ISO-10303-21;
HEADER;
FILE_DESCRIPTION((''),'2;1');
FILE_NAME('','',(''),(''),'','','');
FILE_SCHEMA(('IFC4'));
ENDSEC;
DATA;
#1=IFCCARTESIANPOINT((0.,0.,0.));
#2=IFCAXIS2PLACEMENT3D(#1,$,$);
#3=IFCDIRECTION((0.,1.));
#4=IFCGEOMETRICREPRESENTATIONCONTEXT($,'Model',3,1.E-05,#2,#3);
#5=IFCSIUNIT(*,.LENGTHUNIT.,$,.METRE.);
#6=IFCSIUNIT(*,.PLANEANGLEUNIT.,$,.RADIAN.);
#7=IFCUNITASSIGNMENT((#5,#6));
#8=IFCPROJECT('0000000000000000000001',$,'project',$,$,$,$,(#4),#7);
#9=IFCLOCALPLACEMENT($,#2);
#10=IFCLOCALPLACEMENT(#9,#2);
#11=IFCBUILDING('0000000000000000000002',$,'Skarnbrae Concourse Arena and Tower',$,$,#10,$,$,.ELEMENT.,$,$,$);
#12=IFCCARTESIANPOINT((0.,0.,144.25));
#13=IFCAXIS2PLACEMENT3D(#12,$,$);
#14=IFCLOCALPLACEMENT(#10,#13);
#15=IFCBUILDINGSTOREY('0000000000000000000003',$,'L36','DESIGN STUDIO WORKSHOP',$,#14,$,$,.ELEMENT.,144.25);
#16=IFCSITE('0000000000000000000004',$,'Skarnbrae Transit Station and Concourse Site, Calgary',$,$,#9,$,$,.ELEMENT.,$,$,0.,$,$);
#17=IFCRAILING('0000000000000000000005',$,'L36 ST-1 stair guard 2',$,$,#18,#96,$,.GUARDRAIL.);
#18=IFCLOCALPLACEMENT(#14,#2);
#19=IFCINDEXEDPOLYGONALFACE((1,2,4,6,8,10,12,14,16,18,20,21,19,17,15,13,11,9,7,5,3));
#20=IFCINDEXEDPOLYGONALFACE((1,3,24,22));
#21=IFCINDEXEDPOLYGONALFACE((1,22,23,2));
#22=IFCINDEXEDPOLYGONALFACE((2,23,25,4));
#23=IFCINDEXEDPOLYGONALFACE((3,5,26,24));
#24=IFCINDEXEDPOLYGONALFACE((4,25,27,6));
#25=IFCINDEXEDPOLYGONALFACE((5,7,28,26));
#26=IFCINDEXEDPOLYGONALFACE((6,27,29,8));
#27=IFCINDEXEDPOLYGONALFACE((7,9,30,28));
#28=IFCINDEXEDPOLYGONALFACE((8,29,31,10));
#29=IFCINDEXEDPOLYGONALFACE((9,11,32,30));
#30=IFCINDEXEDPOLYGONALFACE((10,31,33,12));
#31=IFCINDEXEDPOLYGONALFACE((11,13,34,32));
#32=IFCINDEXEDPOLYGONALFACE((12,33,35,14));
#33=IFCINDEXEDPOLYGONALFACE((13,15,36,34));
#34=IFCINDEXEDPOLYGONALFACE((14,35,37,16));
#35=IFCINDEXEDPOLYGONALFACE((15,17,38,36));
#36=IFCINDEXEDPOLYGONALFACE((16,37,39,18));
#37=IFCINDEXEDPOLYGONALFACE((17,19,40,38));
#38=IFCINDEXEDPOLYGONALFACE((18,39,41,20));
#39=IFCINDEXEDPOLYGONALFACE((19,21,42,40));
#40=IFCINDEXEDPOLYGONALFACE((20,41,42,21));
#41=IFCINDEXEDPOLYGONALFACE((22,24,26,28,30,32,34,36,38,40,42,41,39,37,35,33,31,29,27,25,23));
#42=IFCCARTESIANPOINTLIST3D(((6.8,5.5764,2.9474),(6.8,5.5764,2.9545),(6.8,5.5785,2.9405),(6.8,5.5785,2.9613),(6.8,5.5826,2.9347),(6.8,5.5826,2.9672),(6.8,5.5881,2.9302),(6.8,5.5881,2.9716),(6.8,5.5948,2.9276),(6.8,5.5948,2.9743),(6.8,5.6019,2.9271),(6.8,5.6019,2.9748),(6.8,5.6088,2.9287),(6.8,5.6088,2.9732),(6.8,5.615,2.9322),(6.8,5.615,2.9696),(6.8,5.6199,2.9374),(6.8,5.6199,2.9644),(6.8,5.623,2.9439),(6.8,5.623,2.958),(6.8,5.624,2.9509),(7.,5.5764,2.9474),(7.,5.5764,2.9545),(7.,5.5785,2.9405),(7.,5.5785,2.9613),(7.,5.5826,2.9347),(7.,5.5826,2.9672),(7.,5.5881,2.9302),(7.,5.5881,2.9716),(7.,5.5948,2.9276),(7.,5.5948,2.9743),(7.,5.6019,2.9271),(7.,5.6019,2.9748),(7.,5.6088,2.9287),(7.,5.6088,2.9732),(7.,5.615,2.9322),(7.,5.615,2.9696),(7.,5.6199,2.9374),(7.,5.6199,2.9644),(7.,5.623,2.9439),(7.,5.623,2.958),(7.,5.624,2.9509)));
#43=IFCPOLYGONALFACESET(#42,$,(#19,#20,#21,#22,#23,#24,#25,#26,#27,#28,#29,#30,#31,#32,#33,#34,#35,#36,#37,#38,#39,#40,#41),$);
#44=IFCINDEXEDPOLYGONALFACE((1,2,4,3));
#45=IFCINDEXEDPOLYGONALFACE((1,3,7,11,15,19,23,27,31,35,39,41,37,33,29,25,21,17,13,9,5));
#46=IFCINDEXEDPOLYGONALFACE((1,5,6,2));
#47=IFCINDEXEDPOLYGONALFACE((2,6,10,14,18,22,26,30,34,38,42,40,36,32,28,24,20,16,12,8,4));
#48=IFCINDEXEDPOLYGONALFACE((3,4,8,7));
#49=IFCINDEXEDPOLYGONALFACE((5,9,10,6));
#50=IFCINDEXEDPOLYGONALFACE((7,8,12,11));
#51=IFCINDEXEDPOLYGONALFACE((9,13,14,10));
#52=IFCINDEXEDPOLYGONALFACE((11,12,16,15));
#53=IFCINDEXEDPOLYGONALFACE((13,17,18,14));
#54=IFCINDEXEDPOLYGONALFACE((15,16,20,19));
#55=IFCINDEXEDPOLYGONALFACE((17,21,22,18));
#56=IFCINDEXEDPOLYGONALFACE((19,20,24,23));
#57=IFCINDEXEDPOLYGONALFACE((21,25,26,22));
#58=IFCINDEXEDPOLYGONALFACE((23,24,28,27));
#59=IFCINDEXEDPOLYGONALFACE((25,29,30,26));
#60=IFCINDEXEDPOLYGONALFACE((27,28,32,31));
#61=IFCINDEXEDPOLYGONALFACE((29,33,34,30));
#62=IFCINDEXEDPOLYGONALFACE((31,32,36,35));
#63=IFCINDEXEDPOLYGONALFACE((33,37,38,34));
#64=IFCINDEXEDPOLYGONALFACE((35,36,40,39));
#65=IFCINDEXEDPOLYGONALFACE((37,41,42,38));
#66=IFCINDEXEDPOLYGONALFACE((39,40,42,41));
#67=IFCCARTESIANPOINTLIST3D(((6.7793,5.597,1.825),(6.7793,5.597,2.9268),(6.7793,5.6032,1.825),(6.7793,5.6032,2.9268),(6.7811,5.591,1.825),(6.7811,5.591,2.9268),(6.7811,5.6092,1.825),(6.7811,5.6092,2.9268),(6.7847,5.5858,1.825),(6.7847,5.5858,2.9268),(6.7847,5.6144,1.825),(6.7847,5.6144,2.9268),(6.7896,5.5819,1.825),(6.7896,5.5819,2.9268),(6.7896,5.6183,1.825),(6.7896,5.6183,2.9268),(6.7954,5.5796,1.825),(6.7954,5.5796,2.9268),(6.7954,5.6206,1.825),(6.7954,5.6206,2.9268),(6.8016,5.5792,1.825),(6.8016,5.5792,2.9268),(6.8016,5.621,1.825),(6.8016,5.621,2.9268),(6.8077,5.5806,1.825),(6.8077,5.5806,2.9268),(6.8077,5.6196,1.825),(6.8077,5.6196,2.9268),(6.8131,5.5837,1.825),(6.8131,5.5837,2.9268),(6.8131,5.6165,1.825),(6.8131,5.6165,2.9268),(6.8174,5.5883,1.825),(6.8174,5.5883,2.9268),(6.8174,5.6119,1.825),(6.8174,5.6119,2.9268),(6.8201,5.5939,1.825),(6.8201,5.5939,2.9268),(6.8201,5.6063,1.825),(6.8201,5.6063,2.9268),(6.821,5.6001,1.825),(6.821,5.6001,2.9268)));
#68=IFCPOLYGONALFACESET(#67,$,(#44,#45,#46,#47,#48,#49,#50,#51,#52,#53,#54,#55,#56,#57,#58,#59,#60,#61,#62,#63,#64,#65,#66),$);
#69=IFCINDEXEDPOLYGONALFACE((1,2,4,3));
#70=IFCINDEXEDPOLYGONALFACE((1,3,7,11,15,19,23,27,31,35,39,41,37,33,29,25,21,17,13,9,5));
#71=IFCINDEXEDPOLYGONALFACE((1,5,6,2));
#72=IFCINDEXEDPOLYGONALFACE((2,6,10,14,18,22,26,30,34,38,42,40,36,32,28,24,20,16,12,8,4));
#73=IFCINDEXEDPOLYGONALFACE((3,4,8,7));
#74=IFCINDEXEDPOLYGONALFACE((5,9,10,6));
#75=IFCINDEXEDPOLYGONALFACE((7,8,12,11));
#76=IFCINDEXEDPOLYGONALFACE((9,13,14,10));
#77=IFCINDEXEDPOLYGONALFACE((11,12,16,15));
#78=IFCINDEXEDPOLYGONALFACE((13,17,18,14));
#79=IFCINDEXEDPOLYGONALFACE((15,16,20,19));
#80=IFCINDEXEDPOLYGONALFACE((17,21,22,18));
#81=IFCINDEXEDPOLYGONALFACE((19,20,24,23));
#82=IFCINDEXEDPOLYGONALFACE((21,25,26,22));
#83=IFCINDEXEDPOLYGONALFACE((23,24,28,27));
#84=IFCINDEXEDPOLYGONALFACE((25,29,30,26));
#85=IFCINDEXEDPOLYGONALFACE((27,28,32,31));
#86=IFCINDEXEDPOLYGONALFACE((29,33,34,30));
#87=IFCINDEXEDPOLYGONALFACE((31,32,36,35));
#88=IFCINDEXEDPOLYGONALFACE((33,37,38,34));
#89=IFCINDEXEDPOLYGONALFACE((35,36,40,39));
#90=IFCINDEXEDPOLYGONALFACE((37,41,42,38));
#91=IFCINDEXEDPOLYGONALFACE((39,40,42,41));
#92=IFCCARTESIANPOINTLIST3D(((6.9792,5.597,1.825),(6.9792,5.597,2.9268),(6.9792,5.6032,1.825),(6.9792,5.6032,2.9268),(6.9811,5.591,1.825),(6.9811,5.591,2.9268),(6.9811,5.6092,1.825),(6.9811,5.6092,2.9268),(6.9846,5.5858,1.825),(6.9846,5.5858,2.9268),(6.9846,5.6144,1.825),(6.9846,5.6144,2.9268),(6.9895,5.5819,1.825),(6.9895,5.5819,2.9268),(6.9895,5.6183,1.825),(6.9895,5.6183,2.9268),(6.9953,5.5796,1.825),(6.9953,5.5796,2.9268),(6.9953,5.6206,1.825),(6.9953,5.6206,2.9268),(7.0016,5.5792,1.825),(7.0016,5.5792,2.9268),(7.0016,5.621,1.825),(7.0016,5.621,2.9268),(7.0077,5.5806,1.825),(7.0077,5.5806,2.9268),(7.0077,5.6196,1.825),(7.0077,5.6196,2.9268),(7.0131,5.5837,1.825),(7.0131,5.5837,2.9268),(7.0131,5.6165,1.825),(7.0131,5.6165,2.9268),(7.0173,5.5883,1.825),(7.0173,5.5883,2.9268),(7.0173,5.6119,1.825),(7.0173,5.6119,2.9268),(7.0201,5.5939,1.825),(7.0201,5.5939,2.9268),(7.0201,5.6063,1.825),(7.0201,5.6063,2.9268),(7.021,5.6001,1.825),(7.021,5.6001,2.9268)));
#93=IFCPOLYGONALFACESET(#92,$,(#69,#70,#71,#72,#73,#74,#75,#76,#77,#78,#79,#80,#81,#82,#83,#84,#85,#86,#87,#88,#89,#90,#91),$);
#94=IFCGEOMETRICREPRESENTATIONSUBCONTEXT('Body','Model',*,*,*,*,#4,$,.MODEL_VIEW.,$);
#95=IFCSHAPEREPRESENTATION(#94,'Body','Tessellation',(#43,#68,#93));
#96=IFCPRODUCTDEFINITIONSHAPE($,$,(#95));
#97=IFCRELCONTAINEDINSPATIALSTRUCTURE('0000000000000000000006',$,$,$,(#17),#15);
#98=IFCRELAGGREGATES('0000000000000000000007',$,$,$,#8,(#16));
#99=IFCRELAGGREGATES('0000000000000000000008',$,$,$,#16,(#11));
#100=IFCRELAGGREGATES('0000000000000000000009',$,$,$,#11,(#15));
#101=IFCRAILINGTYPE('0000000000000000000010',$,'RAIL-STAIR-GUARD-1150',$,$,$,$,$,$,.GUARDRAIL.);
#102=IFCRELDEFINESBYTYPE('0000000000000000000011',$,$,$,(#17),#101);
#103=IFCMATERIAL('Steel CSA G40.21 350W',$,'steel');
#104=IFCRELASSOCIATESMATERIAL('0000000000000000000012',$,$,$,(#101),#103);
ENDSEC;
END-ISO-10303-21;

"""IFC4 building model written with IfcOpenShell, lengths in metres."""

from ifc_helpers import new_model, si_unit, direction, frame, origin, origin_2d, place, context, subcontext, project, spatial, circle, extrude, material, type_object, element, save


model = new_model("IFC4")

# Units and contexts
model_context = context("Model", 3, precision=1e-05, world=origin(), true_north=direction((0.0, 1.0)))
body_context = subcontext(model_context, "Body", "Model", "MODEL_VIEW")
ifc_project = project(units=[si_unit("LENGTHUNIT", "METRE"), si_unit("PLANEANGLEUNIT", "RADIAN")], contexts=[model_context])

# Site, building, storey
site_placement = place(None, origin())
site = spatial("IfcSite", under=ifc_project, at=site_placement, Name="Skarnbrae Transit Station and Concourse Site, Calgary", CompositionType="ELEMENT", RefElevation=0.0)
building_placement = place(site_placement, origin())
building = spatial("IfcBuilding", under=site, at=building_placement, Name="Skarnbrae Concourse Arena and Tower", CompositionType="ELEMENT")
storey_placement = place(building_placement, frame((0.0, 0.0, 144.25)))
storey = spatial("IfcBuildingStorey", under=building, at=storey_placement, Name="L36", Description="DESIGN STUDIO WORKSHOP", CompositionType="ELEMENT", Elevation=144.25)

# Shared definitions
ifc_material_1 = material(Name="Steel CSA G40.21 350W", Category="steel")

# Railing
railing_type_1 = type_object("IfcRailingType", Name="RAIL-STAIR-GUARD-1150", PredefinedType="GUARDRAIL", material=ifc_material_1)
railing_1_placement = place(storey_placement, frame((6.8, 5.6001, 1.825)))
element("IfcRailing", 1, at=railing_1_placement, inside=storey, type_object=railing_type_1, Name="L36 ST-1 stair guard 2", PredefinedType="GUARDRAIL", context=body_context, shape_type="SweptSolid", body=[
    extrude(circle(Radius=0.0239, at=origin_2d()), frame((0.0, 0.0, 1.126), z_axis=(1.0, 0.0, 0.0), x_axis=(0.0, 1.0, 0.0)), (0.0, 0.0, 1.0), 0.2),
    extrude(circle(Radius=0.021, at=origin_2d()), origin(), (0.0, 0.0, 1.0), 1.1018),
    extrude(circle(Radius=0.021, at=origin_2d()), frame((0.2, 0.0, 0.0)), (0.0, 0.0, 1.0), 1.1018),
])

save(model, "model.ifc")
